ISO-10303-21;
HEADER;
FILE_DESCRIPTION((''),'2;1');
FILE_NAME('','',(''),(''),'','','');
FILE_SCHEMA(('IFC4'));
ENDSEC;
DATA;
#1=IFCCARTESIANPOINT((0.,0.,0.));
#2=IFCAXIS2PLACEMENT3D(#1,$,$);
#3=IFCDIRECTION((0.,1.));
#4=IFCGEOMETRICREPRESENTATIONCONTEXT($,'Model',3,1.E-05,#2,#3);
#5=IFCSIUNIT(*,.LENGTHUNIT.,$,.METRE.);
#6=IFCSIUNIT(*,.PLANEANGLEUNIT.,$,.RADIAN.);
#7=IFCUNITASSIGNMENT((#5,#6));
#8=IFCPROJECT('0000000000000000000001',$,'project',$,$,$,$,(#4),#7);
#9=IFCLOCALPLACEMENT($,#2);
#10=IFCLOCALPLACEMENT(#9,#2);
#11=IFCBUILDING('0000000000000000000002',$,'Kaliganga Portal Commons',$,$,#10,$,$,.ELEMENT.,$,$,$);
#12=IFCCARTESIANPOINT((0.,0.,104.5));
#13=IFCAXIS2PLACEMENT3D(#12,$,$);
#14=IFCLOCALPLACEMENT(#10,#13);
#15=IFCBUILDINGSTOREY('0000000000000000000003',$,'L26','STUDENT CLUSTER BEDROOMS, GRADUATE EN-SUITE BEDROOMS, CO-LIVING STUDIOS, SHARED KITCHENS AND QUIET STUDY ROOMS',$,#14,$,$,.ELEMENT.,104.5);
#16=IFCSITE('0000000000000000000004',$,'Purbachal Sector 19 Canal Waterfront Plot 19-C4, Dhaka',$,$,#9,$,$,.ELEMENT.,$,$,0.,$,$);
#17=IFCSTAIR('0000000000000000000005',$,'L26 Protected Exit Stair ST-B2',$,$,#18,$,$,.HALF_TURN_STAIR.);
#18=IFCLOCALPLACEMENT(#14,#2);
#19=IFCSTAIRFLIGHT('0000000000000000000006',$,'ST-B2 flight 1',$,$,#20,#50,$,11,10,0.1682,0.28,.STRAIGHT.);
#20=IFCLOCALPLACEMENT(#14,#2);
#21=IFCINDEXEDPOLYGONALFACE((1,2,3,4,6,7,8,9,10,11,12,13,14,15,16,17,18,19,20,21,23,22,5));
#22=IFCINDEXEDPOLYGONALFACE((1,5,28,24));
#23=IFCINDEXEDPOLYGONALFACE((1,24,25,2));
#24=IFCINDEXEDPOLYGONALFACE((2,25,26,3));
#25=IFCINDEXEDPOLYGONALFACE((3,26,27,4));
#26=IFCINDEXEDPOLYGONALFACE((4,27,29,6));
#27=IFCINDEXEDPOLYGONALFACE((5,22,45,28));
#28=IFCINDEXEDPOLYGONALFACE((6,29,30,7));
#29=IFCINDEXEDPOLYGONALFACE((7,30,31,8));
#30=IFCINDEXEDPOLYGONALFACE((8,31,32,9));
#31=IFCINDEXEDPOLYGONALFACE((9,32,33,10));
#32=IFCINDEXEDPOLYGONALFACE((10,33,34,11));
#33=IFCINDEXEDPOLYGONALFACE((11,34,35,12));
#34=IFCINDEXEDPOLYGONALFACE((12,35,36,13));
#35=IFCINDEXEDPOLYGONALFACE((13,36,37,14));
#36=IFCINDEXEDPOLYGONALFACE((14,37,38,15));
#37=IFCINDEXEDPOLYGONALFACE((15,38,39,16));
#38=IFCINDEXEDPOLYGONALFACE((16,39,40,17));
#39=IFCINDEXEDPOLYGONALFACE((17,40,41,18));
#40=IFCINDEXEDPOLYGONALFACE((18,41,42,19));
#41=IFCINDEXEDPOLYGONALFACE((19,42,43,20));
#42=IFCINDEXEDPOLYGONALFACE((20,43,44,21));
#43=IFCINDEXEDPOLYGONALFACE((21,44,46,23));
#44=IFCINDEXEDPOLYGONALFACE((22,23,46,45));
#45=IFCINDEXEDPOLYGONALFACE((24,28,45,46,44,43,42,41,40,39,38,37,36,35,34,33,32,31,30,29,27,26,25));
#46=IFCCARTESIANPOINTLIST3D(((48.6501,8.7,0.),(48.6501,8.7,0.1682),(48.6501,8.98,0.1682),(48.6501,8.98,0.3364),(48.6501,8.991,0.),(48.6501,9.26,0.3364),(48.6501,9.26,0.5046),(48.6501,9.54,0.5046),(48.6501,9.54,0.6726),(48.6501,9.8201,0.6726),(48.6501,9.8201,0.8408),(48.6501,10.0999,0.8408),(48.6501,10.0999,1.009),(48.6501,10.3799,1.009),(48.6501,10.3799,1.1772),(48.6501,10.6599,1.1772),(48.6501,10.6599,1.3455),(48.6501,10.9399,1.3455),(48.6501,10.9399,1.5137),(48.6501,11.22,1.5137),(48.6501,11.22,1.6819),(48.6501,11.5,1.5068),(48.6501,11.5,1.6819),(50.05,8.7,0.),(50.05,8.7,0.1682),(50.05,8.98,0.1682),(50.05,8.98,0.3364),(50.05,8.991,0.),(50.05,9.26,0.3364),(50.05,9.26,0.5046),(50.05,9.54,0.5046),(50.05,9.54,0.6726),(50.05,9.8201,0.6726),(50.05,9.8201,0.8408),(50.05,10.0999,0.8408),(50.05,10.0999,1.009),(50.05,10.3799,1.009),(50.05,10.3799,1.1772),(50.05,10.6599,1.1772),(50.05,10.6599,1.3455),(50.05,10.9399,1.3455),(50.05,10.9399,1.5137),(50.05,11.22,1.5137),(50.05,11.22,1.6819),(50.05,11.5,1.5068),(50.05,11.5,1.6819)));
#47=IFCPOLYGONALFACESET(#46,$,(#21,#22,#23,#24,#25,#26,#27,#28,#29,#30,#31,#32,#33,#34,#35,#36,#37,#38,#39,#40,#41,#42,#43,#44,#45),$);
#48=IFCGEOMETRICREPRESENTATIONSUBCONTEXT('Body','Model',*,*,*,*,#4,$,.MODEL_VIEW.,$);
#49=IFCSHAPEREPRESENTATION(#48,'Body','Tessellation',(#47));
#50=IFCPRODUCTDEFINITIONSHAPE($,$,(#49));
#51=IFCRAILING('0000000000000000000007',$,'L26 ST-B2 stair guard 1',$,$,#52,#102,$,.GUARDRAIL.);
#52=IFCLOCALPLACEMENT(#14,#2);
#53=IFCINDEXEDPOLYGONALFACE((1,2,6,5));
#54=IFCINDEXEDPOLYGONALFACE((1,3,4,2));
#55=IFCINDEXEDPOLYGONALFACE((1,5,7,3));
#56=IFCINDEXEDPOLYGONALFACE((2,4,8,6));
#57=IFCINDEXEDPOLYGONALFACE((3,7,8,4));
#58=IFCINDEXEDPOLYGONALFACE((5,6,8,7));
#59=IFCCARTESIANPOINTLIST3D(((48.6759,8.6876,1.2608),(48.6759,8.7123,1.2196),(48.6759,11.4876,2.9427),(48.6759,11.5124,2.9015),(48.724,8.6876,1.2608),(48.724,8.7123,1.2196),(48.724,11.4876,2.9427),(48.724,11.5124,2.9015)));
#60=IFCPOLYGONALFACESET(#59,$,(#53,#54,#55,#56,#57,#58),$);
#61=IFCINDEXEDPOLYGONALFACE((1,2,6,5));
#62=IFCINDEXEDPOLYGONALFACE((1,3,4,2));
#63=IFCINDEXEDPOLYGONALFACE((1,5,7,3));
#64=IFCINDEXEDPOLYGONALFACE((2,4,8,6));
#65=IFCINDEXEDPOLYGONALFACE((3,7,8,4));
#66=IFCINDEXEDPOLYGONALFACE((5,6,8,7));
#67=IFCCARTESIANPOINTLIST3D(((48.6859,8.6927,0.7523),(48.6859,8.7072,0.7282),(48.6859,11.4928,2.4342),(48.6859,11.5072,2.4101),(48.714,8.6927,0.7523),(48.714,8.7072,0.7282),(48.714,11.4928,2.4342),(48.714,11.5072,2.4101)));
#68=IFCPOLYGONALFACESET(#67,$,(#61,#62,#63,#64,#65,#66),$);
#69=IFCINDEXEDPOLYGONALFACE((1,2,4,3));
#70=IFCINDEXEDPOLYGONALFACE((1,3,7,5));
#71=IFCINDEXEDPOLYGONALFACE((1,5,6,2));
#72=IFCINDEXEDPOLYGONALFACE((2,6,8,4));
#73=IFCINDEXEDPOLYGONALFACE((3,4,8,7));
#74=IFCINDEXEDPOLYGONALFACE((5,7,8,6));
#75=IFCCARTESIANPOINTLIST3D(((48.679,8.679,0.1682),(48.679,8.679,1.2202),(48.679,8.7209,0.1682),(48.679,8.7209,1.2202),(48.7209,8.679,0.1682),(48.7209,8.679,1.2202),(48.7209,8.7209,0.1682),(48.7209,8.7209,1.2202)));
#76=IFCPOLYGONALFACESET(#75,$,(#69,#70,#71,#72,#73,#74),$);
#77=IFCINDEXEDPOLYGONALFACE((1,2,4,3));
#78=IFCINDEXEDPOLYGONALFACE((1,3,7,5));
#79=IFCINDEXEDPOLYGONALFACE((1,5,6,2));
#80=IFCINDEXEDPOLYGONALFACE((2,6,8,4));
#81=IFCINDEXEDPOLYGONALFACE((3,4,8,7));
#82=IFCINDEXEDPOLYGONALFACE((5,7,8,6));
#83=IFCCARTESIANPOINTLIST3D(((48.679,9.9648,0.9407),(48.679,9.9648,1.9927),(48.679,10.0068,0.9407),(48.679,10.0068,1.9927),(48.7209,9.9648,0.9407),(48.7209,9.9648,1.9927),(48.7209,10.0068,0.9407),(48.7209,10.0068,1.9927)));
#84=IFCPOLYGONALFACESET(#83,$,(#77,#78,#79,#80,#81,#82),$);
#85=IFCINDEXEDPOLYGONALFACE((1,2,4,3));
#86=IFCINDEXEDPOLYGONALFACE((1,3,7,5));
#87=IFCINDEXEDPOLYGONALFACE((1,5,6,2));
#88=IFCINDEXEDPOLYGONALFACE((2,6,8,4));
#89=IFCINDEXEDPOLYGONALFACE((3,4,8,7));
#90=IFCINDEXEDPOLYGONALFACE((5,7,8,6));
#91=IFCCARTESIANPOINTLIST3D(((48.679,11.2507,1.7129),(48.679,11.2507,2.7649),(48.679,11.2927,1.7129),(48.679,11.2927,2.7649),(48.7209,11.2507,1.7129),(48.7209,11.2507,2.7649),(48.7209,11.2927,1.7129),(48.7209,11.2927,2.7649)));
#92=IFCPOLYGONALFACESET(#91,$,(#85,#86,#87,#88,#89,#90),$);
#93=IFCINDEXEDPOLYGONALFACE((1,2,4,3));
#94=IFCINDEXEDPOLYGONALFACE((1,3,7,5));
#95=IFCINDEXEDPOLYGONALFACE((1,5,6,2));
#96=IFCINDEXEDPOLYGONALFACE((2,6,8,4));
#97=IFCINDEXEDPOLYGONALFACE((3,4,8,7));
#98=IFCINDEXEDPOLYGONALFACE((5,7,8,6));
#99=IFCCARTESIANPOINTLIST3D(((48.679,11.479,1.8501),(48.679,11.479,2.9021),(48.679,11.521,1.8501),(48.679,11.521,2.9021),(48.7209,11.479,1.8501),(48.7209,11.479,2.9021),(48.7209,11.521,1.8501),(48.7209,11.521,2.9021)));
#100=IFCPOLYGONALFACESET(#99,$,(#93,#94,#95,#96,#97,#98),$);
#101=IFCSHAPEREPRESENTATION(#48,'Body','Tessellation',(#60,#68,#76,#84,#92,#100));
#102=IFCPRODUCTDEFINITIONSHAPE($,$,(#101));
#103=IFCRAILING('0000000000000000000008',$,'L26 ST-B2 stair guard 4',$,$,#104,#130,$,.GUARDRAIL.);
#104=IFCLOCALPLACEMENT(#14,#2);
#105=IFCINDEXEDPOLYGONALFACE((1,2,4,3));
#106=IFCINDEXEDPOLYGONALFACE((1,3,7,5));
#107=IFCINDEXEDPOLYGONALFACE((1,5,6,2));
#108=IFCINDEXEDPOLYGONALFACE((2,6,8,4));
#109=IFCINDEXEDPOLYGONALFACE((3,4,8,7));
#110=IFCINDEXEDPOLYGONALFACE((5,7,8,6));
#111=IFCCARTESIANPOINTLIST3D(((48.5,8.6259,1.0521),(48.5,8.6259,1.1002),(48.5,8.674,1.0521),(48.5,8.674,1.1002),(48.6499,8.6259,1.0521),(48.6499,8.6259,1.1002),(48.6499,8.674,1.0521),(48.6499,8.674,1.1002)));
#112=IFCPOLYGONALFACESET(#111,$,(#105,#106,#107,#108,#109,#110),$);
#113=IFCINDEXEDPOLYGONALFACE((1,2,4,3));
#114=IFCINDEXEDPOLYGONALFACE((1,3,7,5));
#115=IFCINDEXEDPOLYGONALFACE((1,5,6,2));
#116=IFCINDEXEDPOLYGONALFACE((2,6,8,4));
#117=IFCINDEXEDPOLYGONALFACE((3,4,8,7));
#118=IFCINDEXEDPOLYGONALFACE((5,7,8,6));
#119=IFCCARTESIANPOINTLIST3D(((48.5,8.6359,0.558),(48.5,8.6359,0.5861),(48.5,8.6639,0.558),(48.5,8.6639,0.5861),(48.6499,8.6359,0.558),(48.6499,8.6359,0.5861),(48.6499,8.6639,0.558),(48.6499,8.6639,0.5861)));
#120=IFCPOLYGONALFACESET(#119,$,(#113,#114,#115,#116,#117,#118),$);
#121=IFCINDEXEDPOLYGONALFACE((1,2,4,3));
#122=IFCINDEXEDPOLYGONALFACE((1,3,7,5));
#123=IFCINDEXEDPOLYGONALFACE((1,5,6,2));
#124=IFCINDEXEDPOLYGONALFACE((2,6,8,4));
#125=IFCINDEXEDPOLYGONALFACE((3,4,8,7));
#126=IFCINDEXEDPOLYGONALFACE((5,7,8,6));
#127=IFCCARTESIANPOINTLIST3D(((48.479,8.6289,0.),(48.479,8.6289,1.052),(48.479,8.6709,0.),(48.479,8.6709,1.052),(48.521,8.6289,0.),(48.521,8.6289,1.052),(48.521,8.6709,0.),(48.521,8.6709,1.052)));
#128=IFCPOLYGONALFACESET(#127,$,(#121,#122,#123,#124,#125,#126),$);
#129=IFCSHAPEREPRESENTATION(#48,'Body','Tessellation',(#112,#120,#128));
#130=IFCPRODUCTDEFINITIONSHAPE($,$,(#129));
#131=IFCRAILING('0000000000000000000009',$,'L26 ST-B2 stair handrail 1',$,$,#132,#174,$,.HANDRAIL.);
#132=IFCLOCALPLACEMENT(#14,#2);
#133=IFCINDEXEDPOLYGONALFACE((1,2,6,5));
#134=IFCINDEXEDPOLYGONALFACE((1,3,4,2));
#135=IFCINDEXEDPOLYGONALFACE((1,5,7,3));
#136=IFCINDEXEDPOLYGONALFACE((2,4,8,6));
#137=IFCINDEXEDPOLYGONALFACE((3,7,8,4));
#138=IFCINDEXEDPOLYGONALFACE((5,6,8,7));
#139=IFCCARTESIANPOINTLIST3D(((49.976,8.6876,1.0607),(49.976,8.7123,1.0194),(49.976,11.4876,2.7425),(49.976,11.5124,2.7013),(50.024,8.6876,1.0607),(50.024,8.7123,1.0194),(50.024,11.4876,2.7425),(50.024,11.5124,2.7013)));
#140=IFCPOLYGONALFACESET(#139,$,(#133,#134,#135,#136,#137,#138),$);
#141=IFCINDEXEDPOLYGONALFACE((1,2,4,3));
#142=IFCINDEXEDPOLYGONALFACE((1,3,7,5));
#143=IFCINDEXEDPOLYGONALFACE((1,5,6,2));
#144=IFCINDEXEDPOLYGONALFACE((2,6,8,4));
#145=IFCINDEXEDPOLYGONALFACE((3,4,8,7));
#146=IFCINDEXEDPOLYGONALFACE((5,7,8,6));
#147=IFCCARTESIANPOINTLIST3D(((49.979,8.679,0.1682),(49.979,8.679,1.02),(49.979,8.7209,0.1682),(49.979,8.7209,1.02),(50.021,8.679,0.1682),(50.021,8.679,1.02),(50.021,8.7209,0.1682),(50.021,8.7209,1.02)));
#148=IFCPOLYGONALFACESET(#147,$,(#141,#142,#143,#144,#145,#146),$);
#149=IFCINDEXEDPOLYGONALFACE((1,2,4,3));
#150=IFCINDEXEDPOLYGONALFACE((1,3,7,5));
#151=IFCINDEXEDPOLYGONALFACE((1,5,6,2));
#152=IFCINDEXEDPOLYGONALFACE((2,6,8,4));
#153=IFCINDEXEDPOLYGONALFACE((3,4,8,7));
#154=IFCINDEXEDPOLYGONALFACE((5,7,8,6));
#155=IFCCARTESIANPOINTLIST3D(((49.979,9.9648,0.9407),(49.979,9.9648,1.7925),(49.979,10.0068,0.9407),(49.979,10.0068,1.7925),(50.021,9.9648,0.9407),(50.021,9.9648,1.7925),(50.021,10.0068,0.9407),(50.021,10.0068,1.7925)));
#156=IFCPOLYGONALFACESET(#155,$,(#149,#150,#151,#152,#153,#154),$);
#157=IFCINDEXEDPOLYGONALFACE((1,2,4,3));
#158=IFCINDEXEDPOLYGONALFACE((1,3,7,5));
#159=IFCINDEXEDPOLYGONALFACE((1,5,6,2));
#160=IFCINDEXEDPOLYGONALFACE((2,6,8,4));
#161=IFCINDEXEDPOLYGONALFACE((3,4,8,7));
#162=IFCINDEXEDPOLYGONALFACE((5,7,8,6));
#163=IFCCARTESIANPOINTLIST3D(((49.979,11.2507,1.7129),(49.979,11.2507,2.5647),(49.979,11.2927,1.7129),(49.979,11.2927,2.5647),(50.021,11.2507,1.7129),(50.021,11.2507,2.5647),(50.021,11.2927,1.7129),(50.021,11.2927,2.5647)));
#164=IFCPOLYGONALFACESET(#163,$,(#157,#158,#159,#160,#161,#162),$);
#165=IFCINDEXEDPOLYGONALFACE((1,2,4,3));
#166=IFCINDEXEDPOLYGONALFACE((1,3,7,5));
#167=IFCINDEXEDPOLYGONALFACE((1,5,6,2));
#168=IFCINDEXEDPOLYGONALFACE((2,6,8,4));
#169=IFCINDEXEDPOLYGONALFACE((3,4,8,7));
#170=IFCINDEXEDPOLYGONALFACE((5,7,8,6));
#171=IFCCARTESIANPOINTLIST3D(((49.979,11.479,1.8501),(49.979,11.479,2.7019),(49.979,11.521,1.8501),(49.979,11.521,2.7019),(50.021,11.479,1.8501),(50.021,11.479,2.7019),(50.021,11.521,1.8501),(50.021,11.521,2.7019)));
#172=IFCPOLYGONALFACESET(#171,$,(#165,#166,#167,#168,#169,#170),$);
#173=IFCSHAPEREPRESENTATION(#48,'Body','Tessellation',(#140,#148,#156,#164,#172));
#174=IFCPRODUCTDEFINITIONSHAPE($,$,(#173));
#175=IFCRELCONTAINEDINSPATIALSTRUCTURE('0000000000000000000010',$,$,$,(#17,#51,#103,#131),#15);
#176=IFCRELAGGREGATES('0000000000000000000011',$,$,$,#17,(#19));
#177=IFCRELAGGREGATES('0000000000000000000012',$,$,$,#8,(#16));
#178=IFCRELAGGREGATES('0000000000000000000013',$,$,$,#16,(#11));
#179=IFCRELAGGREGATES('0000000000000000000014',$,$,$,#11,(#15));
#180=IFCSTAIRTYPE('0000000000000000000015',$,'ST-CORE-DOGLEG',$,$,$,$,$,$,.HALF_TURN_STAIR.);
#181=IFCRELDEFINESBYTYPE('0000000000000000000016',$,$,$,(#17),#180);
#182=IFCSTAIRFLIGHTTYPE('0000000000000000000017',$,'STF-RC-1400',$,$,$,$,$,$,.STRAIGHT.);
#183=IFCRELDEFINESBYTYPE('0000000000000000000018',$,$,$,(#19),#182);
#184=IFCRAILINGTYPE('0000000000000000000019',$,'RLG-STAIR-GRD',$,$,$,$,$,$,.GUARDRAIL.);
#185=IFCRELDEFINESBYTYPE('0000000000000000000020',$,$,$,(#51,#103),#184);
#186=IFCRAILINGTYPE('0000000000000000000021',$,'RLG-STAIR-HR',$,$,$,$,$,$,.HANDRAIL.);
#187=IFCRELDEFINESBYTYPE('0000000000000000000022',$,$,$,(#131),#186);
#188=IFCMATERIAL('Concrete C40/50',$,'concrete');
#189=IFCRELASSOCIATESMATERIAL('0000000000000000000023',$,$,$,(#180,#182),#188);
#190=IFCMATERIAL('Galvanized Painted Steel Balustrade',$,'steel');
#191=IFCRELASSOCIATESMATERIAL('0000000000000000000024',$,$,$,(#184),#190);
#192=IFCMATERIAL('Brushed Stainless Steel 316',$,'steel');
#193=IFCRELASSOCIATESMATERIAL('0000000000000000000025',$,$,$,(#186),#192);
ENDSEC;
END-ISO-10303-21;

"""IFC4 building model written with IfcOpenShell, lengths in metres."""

from ifc_helpers import new_model, si_unit, direction, frame, origin, origin_2d, place, context, subcontext, project, spatial, polyline, rectangle, outline, extrude, material, type_object, element, aggregate, save


model = new_model("IFC4")

# Units and contexts
model_context = context("Model", 3, precision=1e-05, world=origin(), true_north=direction((0.0, 1.0)))
body_context = subcontext(model_context, "Body", "Model", "MODEL_VIEW")
ifc_project = project(units=[si_unit("LENGTHUNIT", "METRE"), si_unit("PLANEANGLEUNIT", "RADIAN")], contexts=[model_context])

# Site, building, storey
site_placement = place(None, origin())
site = spatial("IfcSite", under=ifc_project, at=site_placement, Name="Purbachal Sector 19 Canal Waterfront Plot 19-C4, Dhaka", CompositionType="ELEMENT", RefElevation=0.0)
building_placement = place(site_placement, origin())
building = spatial("IfcBuilding", under=site, at=building_placement, Name="Kaliganga Portal Commons", CompositionType="ELEMENT")
storey_placement = place(building_placement, frame((0.0, 0.0, 104.5)))
storey = spatial("IfcBuildingStorey", under=building, at=storey_placement, Name="L26", Description="STUDENT CLUSTER BEDROOMS, GRADUATE EN-SUITE BEDROOMS, CO-LIVING STUDIOS, SHARED KITCHENS AND QUIET STUDY ROOMS", CompositionType="ELEMENT", Elevation=104.5)

# Stair, stair flight
ifc_material_1 = material(Name="Concrete C40/50", Category="concrete")
stair_type = type_object("IfcStairType", Name="ST-CORE-DOGLEG", PredefinedType="HALF_TURN_STAIR", material=ifc_material_1)
stair_placement = place(storey_placement, origin())
stair = element("IfcStair", 1, at=stair_placement, inside=storey, type_object=stair_type, Name="L26 Protected Exit Stair ST-B2", PredefinedType="HALF_TURN_STAIR")
stair_flight_type = type_object("IfcStairFlightType", Name="STF-RC-1400", PredefinedType="STRAIGHT", material=ifc_material_1)
stair_flight_placement = place(storey_placement, frame((49.3501, 8.7, 0.0), z_axis=(0.0, 0.0, 1.0), x_axis=(0.0, 1.0, 0.0)))
stair_flight = element("IfcStairFlight", 2, at=stair_flight_placement, type_object=stair_flight_type, Name="ST-B2 flight 1", NumberOfRisers=11, NumberOfTreads=10, PredefinedType="STRAIGHT", RiserHeight=0.1682, TreadLength=0.28, context=body_context, shape_type="SweptSolid", body=[
    extrude(outline(polyline([(0.0, 0.0), (0.0, 0.1682), (0.28, 0.1682), (0.28, 0.3364), (0.5601, 0.3364), (0.5601, 0.5046), (0.8401, 0.5046), (0.8401, 0.6726), (1.1201, 0.6726), (1.1201, 0.8408), (1.3999, 0.8408), (1.3999, 1.009), (1.6799, 1.009), (1.6799, 1.1772), (1.96, 1.1772), (1.96, 1.3455), (2.24, 1.3455), (2.24, 1.5137), (2.52, 1.5137), (2.52, 1.6819), (2.8, 1.6819), (2.8, 1.8501), (2.8, 1.5068), (0.291, 0.0), (0.0, 0.0)])), frame((0.0, 0.7, 0.0), z_axis=(0.0, -1.0, 0.0), x_axis=(1.0, 0.0, 0.0)), (0.0, 0.0, 1.0), 1.3999),
])
aggregate(stair, [stair_flight])

# Railings
ifc_material_2 = material(Name="Galvanized Painted Steel Balustrade", Category="steel")
railing_type_1 = type_object("IfcRailingType", Name="RLG-STAIR-GRD", PredefinedType="GUARDRAIL", material=ifc_material_2)
railing_1_placement = place(storey_placement, frame((48.7, 8.7, 0.1682)))
element("IfcRailing", 3, at=railing_1_placement, inside=storey, type_object=railing_type_1, Name="L26 ST-B2 stair guard 1", PredefinedType="GUARDRAIL", context=body_context, shape_type="SweptSolid", body=[
    extrude(rectangle(XDim=0.0481, YDim=0.0481, at=origin_2d()), frame((0.0, 0.0, 1.072), z_axis=(0.0, 0.857242, 0.514913), x_axis=(-1.0, 0.0, 0.0)), (0.0, 0.0, 1.0), 3.2664),
    extrude(rectangle(XDim=0.0281, YDim=0.0281, at=origin_2d()), frame((0.0, 0.0, 0.572), z_axis=(0.0, 0.857242, 0.514913), x_axis=(-1.0, 0.0, 0.0)), (0.0, 0.0, 1.0), 3.2664),
    extrude(rectangle(XDim=0.042, YDim=0.042, at=origin_2d()), origin(), (0.0, 0.0, 1.0), 1.052),
    extrude(rectangle(XDim=0.042, YDim=0.042, at=origin_2d()), frame((0.0, 1.2859, 0.7725)), (0.0, 0.0, 1.0), 1.052),
    extrude(rectangle(XDim=0.042, YDim=0.042, at=origin_2d()), frame((0.0, 2.5718, 1.5447)), (0.0, 0.0, 1.0), 1.052),
    extrude(rectangle(XDim=0.042, YDim=0.042, at=origin_2d()), frame((0.0, 2.8, 1.6819)), (0.0, 0.0, 1.0), 1.052),
])
railing_2_placement = place(storey_placement, frame((48.6499, 8.6499, 0.0)))
element("IfcRailing", 4, at=railing_2_placement, inside=storey, type_object=railing_type_1, Name="L26 ST-B2 stair guard 4", PredefinedType="GUARDRAIL", context=body_context, shape_type="SweptSolid", body=[
    extrude(rectangle(XDim=0.0481, YDim=0.0481, at=origin_2d()), frame((0.0, 0.0, 1.0762), z_axis=(-1.0, 0.0, 0.0), x_axis=(0.0, -1.0, 0.0)), (0.0, 0.0, 1.0), 0.1499),
    extrude(rectangle(XDim=0.0281, YDim=0.0281, at=origin_2d()), frame((0.0, 0.0, 0.572), z_axis=(-1.0, 0.0, 0.0), x_axis=(0.0, -1.0, 0.0)), (0.0, 0.0, 1.0), 0.1499),
    extrude(rectangle(XDim=0.042, YDim=0.042, at=origin_2d()), frame((-0.1499, 0.0, 0.0)), (0.0, 0.0, 1.0), 1.052),
])
ifc_material_3 = material(Name="Brushed Stainless Steel 316", Category="steel")
railing_type_2 = type_object("IfcRailingType", Name="RLG-STAIR-HR", PredefinedType="HANDRAIL", material=ifc_material_3)
railing_3_placement = place(storey_placement, frame((50.0, 8.7, 0.1682)))
element("IfcRailing", 5, at=railing_3_placement, inside=storey, type_object=railing_type_2, Name="L26 ST-B2 stair handrail 1", PredefinedType="HANDRAIL", context=body_context, shape_type="SweptSolid", body=[
    extrude(rectangle(XDim=0.0481, YDim=0.0481, at=origin_2d()), frame((0.0, 0.0, 0.8718), z_axis=(0.0, 0.857242, 0.514913), x_axis=(-1.0, 0.0, 0.0)), (0.0, 0.0, 1.0), 3.2664),
    extrude(rectangle(XDim=0.042, YDim=0.042, at=origin_2d()), origin(), (0.0, 0.0, 1.0), 0.8518),
    extrude(rectangle(XDim=0.042, YDim=0.042, at=origin_2d()), frame((0.0, 1.2859, 0.7725)), (0.0, 0.0, 1.0), 0.8518),
    extrude(rectangle(XDim=0.042, YDim=0.042, at=origin_2d()), frame((0.0, 2.5718, 1.5447)), (0.0, 0.0, 1.0), 0.8518),
    extrude(rectangle(XDim=0.042, YDim=0.042, at=origin_2d()), frame((0.0, 2.8, 1.6819)), (0.0, 0.0, 1.0), 0.8518),
])

save(model, "model.ifc")
